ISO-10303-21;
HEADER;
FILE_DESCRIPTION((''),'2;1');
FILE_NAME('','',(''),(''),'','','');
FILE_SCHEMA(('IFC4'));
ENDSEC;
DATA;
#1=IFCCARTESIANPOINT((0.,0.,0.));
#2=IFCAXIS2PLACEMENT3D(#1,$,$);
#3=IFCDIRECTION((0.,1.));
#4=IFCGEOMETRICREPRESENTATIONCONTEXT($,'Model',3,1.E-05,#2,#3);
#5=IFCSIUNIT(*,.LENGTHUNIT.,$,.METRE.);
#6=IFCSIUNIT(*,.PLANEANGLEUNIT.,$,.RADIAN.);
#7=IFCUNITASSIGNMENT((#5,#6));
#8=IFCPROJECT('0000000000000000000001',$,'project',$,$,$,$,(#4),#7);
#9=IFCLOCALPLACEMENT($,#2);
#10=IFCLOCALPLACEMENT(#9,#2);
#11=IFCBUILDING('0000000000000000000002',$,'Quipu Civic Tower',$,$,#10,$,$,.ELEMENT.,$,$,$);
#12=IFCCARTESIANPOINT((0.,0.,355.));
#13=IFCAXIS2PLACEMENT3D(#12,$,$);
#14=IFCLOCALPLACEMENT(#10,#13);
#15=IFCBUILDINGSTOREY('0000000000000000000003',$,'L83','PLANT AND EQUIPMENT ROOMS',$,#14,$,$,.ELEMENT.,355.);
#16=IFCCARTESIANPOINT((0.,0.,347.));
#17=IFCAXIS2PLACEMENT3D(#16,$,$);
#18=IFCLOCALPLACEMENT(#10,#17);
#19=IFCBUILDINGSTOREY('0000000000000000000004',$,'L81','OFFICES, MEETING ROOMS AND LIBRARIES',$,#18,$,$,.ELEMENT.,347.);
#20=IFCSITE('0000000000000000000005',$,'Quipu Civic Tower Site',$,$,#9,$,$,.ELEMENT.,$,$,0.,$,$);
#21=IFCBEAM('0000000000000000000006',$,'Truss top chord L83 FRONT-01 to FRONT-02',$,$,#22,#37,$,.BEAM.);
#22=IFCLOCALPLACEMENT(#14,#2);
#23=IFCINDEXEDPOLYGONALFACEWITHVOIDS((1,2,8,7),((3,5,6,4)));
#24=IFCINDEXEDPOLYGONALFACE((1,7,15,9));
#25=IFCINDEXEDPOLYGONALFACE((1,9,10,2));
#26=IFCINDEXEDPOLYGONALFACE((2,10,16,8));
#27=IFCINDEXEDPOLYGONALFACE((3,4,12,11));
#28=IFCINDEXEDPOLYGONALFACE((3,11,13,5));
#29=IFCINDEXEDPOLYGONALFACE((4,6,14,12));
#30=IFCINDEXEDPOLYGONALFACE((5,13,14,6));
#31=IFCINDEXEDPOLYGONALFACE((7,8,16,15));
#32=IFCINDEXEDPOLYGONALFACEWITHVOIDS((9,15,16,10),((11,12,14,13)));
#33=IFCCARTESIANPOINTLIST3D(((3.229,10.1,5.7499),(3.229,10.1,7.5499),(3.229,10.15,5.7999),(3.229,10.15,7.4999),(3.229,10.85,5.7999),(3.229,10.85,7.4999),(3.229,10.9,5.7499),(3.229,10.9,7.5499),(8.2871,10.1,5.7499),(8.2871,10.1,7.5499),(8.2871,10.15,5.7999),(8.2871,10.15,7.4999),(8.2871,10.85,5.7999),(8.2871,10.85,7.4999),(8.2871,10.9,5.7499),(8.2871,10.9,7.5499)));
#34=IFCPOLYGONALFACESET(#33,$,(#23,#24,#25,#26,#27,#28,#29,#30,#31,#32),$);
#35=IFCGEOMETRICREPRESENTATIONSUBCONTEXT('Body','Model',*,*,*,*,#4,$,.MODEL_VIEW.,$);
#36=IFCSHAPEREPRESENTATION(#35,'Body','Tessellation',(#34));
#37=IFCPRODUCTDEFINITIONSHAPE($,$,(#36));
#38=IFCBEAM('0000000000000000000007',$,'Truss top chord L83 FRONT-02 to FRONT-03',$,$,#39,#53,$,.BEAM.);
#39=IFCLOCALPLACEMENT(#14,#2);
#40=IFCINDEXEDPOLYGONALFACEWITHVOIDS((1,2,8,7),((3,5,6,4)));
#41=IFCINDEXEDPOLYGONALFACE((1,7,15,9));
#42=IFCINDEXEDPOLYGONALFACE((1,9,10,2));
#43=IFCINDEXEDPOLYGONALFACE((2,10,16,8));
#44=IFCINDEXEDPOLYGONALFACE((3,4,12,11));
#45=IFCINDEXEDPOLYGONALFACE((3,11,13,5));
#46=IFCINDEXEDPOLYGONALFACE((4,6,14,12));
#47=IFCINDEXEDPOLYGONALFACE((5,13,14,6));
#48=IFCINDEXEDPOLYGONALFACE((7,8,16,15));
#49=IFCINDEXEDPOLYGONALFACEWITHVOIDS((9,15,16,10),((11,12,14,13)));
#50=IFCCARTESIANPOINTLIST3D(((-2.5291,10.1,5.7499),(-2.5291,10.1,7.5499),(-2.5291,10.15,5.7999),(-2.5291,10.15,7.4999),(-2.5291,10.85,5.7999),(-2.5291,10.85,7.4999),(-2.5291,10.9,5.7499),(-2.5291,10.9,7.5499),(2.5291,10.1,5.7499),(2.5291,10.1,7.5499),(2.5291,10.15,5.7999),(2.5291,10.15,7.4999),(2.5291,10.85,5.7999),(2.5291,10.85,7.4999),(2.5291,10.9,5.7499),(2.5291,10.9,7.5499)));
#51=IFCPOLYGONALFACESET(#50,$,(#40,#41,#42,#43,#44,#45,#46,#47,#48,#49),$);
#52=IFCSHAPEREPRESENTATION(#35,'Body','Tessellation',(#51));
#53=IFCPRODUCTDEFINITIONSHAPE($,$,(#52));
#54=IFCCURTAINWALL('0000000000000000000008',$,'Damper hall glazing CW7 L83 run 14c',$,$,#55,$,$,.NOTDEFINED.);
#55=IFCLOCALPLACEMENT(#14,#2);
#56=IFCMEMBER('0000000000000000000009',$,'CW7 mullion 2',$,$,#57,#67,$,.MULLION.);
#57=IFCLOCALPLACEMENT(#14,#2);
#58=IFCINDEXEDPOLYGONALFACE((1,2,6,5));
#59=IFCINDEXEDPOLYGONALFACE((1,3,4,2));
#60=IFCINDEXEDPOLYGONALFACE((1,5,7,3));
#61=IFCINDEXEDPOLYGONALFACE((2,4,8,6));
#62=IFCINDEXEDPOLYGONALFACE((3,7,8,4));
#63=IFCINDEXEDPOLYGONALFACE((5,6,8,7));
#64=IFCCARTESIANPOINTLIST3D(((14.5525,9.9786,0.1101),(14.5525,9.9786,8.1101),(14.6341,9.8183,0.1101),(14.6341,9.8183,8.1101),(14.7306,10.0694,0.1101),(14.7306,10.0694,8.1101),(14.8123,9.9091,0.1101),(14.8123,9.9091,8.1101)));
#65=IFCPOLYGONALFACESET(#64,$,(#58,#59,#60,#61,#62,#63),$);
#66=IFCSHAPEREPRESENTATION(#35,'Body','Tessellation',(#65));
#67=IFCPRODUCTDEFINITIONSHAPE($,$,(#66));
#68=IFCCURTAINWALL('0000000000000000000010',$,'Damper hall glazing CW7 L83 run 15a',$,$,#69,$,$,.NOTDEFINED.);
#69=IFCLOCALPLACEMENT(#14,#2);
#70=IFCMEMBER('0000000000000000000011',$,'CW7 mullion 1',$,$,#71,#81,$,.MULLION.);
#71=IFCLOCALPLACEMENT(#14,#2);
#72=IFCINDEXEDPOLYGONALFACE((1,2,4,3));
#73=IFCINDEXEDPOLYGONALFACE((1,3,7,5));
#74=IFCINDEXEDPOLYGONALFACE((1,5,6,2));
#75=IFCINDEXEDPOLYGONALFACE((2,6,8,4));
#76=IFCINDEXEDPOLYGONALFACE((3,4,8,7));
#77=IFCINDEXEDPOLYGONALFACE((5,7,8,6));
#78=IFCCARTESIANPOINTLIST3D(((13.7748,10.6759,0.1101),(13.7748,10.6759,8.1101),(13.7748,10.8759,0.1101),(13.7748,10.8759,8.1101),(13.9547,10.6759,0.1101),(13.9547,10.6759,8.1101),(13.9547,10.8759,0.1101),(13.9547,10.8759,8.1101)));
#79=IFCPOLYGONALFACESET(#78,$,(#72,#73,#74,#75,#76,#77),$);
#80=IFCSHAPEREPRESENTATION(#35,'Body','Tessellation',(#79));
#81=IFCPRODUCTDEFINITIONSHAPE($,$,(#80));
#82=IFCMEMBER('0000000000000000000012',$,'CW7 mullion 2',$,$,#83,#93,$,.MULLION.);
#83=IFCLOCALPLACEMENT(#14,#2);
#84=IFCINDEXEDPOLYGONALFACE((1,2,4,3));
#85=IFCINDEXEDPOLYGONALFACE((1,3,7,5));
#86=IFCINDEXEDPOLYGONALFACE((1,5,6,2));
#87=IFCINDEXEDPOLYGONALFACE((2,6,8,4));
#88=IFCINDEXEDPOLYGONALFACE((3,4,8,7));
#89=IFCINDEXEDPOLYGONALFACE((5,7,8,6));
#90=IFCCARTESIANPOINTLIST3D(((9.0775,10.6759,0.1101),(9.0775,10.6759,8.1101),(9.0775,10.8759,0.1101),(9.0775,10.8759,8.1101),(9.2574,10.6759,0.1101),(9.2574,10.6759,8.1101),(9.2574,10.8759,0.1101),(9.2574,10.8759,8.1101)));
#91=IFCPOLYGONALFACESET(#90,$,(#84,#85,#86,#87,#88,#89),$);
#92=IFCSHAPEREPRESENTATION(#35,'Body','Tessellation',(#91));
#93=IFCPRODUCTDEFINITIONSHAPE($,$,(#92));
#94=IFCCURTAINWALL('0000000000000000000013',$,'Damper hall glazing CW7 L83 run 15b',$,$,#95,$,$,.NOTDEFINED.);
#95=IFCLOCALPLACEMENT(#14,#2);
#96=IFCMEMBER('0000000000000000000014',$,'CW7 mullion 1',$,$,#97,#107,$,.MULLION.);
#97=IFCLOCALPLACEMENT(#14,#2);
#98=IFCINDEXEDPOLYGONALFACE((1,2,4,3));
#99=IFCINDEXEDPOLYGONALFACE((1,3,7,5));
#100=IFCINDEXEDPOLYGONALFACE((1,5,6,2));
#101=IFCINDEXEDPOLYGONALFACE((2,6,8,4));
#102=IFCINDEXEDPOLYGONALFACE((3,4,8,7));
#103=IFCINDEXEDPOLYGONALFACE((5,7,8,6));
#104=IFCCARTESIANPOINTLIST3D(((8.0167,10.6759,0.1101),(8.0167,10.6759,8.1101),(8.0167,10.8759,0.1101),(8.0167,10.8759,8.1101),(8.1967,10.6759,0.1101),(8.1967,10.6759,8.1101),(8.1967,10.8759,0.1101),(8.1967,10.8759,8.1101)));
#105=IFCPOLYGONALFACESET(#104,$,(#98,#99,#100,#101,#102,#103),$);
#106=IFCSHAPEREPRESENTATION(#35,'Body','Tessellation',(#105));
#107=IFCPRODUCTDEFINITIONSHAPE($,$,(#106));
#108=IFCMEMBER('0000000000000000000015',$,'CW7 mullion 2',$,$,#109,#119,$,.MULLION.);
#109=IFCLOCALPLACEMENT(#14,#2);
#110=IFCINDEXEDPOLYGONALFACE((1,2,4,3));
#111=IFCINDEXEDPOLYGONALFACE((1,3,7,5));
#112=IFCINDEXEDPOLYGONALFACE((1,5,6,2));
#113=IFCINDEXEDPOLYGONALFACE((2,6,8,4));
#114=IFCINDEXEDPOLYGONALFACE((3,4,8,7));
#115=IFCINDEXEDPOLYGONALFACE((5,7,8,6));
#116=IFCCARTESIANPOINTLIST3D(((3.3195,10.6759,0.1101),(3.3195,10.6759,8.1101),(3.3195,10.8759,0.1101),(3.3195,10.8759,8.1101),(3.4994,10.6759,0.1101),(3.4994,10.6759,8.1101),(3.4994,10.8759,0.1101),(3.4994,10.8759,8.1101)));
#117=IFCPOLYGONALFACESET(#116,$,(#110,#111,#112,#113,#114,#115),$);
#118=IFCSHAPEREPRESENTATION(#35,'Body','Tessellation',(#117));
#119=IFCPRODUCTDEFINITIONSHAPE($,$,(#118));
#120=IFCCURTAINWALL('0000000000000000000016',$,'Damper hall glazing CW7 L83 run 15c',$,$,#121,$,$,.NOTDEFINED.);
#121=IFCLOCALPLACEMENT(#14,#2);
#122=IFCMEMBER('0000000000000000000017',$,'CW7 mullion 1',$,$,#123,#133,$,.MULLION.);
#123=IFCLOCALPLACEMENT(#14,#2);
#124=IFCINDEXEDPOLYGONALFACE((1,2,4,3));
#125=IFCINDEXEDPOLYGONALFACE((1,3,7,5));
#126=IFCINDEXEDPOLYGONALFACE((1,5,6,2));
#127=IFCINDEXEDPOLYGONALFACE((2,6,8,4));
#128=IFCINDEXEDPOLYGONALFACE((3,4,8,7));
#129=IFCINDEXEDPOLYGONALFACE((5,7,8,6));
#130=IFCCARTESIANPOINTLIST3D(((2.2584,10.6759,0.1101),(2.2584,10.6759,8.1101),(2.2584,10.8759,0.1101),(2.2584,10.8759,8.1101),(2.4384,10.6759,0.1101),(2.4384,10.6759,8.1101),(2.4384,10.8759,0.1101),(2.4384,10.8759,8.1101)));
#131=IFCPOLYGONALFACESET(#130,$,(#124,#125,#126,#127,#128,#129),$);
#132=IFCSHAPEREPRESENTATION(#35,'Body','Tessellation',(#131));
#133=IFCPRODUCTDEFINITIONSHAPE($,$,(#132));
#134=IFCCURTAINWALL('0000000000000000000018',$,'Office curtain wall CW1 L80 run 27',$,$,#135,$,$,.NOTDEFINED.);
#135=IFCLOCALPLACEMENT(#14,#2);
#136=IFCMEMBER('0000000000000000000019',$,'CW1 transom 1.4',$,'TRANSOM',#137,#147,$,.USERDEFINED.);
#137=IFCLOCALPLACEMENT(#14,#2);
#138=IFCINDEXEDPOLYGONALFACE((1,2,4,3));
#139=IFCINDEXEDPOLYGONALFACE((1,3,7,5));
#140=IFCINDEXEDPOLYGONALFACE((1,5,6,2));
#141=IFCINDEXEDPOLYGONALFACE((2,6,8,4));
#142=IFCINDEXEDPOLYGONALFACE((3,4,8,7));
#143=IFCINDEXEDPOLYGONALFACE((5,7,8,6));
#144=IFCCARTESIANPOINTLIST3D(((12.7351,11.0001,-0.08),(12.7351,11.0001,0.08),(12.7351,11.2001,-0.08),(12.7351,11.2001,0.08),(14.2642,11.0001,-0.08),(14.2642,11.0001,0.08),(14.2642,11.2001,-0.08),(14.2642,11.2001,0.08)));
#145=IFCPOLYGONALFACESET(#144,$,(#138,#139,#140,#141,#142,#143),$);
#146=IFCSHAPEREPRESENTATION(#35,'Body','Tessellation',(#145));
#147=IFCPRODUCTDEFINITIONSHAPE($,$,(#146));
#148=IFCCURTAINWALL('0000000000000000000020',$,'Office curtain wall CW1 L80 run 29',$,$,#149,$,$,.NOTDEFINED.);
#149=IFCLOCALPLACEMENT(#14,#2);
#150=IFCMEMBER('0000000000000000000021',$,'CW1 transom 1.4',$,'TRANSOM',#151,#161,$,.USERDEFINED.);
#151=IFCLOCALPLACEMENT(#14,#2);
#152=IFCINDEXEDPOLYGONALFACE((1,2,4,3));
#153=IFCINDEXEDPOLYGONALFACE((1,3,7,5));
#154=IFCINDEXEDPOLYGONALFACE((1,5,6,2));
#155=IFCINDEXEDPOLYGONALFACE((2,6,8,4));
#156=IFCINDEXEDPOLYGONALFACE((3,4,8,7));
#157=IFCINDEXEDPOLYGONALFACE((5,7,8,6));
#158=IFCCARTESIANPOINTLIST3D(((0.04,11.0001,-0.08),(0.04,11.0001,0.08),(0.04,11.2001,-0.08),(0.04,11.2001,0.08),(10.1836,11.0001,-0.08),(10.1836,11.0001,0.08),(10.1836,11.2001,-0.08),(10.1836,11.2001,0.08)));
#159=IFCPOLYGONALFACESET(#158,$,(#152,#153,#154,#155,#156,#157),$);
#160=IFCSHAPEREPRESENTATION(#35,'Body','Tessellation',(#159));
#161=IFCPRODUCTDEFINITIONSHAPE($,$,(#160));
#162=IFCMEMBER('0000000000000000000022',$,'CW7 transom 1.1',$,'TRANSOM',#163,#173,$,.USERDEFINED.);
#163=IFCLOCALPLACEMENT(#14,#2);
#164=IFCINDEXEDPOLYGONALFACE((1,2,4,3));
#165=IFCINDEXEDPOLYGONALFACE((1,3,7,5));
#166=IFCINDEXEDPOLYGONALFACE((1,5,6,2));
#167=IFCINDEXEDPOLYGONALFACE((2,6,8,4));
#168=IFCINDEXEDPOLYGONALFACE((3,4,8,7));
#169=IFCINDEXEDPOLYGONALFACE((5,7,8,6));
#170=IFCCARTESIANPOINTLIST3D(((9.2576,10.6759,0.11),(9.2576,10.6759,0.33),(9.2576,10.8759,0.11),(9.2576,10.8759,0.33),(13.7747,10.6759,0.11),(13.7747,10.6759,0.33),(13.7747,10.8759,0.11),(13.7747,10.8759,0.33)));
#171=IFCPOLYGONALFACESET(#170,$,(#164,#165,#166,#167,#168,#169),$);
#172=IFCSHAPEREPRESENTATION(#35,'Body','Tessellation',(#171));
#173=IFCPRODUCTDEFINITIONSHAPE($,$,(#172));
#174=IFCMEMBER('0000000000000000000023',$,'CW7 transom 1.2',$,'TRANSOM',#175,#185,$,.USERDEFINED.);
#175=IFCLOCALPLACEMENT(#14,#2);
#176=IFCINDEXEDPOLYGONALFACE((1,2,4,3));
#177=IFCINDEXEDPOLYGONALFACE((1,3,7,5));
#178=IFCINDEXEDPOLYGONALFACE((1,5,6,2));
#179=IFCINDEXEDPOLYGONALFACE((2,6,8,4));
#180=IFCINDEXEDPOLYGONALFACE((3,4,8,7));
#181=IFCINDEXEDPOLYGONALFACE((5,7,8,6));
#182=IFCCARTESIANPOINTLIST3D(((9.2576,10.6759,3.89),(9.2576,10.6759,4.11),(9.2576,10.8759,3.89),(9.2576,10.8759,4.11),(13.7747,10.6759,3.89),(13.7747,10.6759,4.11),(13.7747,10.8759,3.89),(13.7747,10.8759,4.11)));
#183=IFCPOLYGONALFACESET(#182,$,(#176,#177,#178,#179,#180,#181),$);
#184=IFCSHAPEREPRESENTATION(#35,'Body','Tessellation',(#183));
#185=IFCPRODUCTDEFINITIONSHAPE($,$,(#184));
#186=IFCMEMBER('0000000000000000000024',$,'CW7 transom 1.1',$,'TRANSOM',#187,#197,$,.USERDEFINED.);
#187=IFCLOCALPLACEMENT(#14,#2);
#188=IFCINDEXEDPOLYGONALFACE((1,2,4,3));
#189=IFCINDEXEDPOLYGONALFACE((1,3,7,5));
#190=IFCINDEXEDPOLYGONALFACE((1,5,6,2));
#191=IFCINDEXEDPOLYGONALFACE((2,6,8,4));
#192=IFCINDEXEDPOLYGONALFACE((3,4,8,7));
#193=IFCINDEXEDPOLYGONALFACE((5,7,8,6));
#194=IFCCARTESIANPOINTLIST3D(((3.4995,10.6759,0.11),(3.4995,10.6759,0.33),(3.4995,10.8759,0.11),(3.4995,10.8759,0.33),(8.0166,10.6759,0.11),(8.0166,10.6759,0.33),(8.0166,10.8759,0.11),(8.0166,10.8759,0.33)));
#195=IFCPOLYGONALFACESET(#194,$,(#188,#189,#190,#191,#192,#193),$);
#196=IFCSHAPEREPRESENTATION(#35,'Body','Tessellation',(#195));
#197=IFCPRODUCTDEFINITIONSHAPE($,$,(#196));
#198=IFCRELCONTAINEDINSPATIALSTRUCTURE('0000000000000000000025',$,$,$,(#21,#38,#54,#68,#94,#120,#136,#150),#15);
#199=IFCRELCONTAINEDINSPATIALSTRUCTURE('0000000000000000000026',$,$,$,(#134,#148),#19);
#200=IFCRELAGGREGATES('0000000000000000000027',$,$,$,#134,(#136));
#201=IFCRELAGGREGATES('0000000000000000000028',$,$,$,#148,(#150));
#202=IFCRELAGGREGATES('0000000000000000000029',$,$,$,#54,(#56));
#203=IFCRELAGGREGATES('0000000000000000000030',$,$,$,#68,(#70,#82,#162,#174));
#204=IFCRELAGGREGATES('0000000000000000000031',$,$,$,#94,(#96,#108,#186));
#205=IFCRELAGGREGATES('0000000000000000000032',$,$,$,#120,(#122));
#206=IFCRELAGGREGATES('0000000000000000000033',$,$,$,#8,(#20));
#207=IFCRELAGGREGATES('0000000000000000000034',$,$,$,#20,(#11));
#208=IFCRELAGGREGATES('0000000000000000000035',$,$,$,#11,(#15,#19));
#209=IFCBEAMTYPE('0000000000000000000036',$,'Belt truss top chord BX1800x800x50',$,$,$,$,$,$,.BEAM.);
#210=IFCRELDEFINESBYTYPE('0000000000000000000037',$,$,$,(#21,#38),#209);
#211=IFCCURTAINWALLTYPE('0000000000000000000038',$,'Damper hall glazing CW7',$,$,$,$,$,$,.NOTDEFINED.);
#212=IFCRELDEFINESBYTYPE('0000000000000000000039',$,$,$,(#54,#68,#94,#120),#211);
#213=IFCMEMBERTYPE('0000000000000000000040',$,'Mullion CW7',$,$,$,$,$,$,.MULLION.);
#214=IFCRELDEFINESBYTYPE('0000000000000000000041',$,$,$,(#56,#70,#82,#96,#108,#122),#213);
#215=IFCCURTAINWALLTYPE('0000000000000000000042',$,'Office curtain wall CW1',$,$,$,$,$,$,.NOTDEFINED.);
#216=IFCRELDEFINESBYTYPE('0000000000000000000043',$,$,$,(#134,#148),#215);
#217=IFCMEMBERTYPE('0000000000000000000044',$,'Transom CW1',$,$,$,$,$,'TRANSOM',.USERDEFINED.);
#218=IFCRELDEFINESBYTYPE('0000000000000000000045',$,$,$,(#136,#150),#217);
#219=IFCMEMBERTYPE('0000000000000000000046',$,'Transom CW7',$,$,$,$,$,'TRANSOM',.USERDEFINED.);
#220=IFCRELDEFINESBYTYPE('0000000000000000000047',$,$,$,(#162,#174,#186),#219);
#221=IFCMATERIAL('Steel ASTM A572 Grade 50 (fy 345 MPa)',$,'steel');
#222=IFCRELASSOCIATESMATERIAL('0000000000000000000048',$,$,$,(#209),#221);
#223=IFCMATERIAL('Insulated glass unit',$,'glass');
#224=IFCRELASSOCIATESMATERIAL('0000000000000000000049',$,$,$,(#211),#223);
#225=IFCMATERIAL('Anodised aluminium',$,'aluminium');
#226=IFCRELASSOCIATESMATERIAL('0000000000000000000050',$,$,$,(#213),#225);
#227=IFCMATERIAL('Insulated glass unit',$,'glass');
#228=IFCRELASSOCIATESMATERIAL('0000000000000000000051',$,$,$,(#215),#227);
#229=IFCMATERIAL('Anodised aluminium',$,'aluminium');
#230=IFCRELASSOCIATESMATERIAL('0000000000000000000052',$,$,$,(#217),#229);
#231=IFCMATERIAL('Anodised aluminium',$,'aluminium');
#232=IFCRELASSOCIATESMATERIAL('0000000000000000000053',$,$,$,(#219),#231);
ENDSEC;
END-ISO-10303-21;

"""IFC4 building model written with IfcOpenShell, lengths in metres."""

from ifc_helpers import new_model, si_unit, direction, frame, origin, origin_2d, place, context, subcontext, project, spatial, rectangle, hollow_rectangle, extrude, material, material_profile, profile_set, type_object, element, aggregate, save


model = new_model("IFC4")

# Units and contexts
model_context = context("Model", 3, precision=1e-05, world=origin(), true_north=direction((0.0, 1.0)))
body_context = subcontext(model_context, "Body", "Model", "MODEL_VIEW")
ifc_project = project(units=[si_unit("LENGTHUNIT", "METRE"), si_unit("PLANEANGLEUNIT", "RADIAN")], contexts=[model_context])

# Site, building, storey
site_placement = place(None, origin())
site = spatial("IfcSite", under=ifc_project, at=site_placement, Name="Quipu Civic Tower Site", CompositionType="ELEMENT", RefElevation=0.0)
building_placement = place(site_placement, origin())
building = spatial("IfcBuilding", under=site, at=building_placement, Name="Quipu Civic Tower", CompositionType="ELEMENT")
storey_1_placement = place(building_placement, frame((0.0, 0.0, 355.0)))
storey_1 = spatial("IfcBuildingStorey", under=building, at=storey_1_placement, Name="L83", Description="PLANT AND EQUIPMENT ROOMS", CompositionType="ELEMENT", Elevation=355.0)

# Beams
ifc_material_1 = material(Name="Steel ASTM A572 Grade 50 (fy 345 MPa)", Category="steel")
ifc_material_profile_1 = material_profile(ifc_material_1, hollow_rectangle(XDim=0.8, YDim=1.8, WallThickness=0.05, at=origin_2d()), Name="BX1800x800x50")
ifc_profile_set_1 = profile_set([ifc_material_profile_1], Name="Steel ASTM A572 Grade 50 (fy 345 MPa)")
beam_type_1 = type_object("IfcBeamType", Name="Belt truss top chord BX1800x800x50", PredefinedType="BEAM", material=ifc_profile_set_1)
for number, where, z_axis, x_axis, name in (
    (1, (8.2871, 10.5, 6.6499), (-1.0, 0.0, 0.0), (0.0, -1.0, 0.0), "Truss top chord L83 FRONT-01 to FRONT-02"),
    (2, (2.5291, 10.5, 6.6499), (-1.0, 0.0, 0.0), (0.0, -1.0, 0.0), "Truss top chord L83 FRONT-02 to FRONT-03"),
):
    element("IfcBeam", number, at=place(storey_1_placement, frame(where, z_axis=z_axis, x_axis=x_axis)), inside=storey_1, type_object=beam_type_1, Name=name, PredefinedType="BEAM", context=body_context, shape_type="SweptSolid", body=[
        extrude(hollow_rectangle(XDim=0.8, YDim=1.8, WallThickness=0.05, at=origin_2d()), origin(), (0.0, 0.0, 1.0), 5.0581),
    ])

# Curtain wall, member
ifc_material_2 = material(Name="Insulated glass unit", Category="glass")
curtain_wall_type_1 = type_object("IfcCurtainWallType", Name="Damper hall glazing CW7", PredefinedType="NOTDEFINED", material=ifc_material_2)
curtain_wall_1_placement = place(storey_1_placement, origin())
curtain_wall_1 = element("IfcCurtainWall", 3, at=curtain_wall_1_placement, inside=storey_1, type_object=curtain_wall_type_1, Name="Damper hall glazing CW7 L83 run 14c", PredefinedType="NOTDEFINED")
ifc_material_3 = material(Name="Anodised aluminium", Category="aluminium")
ifc_material_profile_2 = material_profile(ifc_material_3, rectangle(XDim=0.2, YDim=0.1799, at=origin_2d()), Name="RECT 200x180")
ifc_profile_set_2 = profile_set([ifc_material_profile_2], Name="Anodised aluminium")
member_type_1 = type_object("IfcMemberType", Name="Mullion CW7", PredefinedType="MULLION", material=ifc_profile_set_2)
member_1_placement = place(storey_1_placement, frame((14.6824, 9.9438, 0.1101), z_axis=(0.0, 0.0, 1.0), x_axis=(-0.891018, -0.453967, 0.0)))
member_1 = element("IfcMember", 4, at=member_1_placement, type_object=member_type_1, Name="CW7 mullion 2", PredefinedType="MULLION", context=body_context, shape_type="SweptSolid", body=[
    extrude(rectangle(XDim=0.2, YDim=0.1799, at=origin_2d()), origin(), (0.0, 0.0, 1.0), 8.0),
])

# Curtain walls, members
curtain_wall_2_placement = place(storey_1_placement, origin())
curtain_wall_2 = element("IfcCurtainWall", 5, at=curtain_wall_2_placement, inside=storey_1, type_object=curtain_wall_type_1, Name="Damper hall glazing CW7 L83 run 15a", PredefinedType="NOTDEFINED")
member_2_placement = place(storey_1_placement, frame((13.8647, 10.7759, 0.1101), z_axis=(0.0, 0.0, 1.0), x_axis=(0.0, -1.0, 0.0)))
member_2 = element("IfcMember", 6, at=member_2_placement, type_object=member_type_1, Name="CW7 mullion 1", PredefinedType="MULLION", context=body_context, shape_type="SweptSolid", body=[
    extrude(rectangle(XDim=0.2, YDim=0.1799, at=origin_2d()), origin(), (0.0, 0.0, 1.0), 8.0),
])
member_3_placement = place(storey_1_placement, frame((9.1675, 10.7759, 0.1101), z_axis=(0.0, 0.0, 1.0), x_axis=(0.0, -1.0, 0.0)))
member_3 = element("IfcMember", 7, at=member_3_placement, type_object=member_type_1, Name="CW7 mullion 2", PredefinedType="MULLION", context=body_context, shape_type="SweptSolid", body=[
    extrude(rectangle(XDim=0.2, YDim=0.1799, at=origin_2d()), origin(), (0.0, 0.0, 1.0), 8.0),
])
curtain_wall_3_placement = place(storey_1_placement, origin())
curtain_wall_3 = element("IfcCurtainWall", 8, at=curtain_wall_3_placement, inside=storey_1, type_object=curtain_wall_type_1, Name="Damper hall glazing CW7 L83 run 15b", PredefinedType="NOTDEFINED")
member_4_placement = place(storey_1_placement, frame((8.1067, 10.7759, 0.1101), z_axis=(0.0, 0.0, 1.0), x_axis=(0.0, -1.0, 0.0)))
member_4 = element("IfcMember", 9, at=member_4_placement, type_object=member_type_1, Name="CW7 mullion 1", PredefinedType="MULLION", context=body_context, shape_type="SweptSolid", body=[
    extrude(rectangle(XDim=0.2, YDim=0.1799, at=origin_2d()), origin(), (0.0, 0.0, 1.0), 8.0),
])
member_5_placement = place(storey_1_placement, frame((3.4094, 10.7759, 0.1101), z_axis=(0.0, 0.0, 1.0), x_axis=(0.0, -1.0, 0.0)))
member_5 = element("IfcMember", 10, at=member_5_placement, type_object=member_type_1, Name="CW7 mullion 2", PredefinedType="MULLION", context=body_context, shape_type="SweptSolid", body=[
    extrude(rectangle(XDim=0.2, YDim=0.1799, at=origin_2d()), origin(), (0.0, 0.0, 1.0), 8.0),
])

# Curtain wall, member
curtain_wall_4_placement = place(storey_1_placement, origin())
curtain_wall_4 = element("IfcCurtainWall", 11, at=curtain_wall_4_placement, inside=storey_1, type_object=curtain_wall_type_1, Name="Damper hall glazing CW7 L83 run 15c", PredefinedType="NOTDEFINED")
member_6_placement = place(storey_1_placement, frame((2.3484, 10.7759, 0.1101), z_axis=(0.0, 0.0, 1.0), x_axis=(0.0, -1.0, 0.0)))
member_6 = element("IfcMember", 12, at=member_6_placement, type_object=member_type_1, Name="CW7 mullion 1", PredefinedType="MULLION", context=body_context, shape_type="SweptSolid", body=[
    extrude(rectangle(XDim=0.2, YDim=0.1799, at=origin_2d()), origin(), (0.0, 0.0, 1.0), 8.0),
])

# Shared definitions
storey_2_placement = place(building_placement, frame((0.0, 0.0, 347.0)))
storey_2 = spatial("IfcBuildingStorey", under=building, at=storey_2_placement, Name="L81", Description="OFFICES, MEETING ROOMS AND LIBRARIES", CompositionType="ELEMENT", Elevation=347.0)

# Curtain walls, members
ifc_material_4 = material(Name="Insulated glass unit", Category="glass")
curtain_wall_type_2 = type_object("IfcCurtainWallType", Name="Office curtain wall CW1", PredefinedType="NOTDEFINED", material=ifc_material_4)
curtain_wall_5_placement = place(storey_2_placement, origin())
curtain_wall_5 = element("IfcCurtainWall", 13, at=curtain_wall_5_placement, inside=storey_2, type_object=curtain_wall_type_2, Name="Office curtain wall CW1 L80 run 27", PredefinedType="NOTDEFINED")
ifc_material_5 = material(Name="Anodised aluminium", Category="aluminium")
ifc_material_profile_3 = material_profile(ifc_material_5, rectangle(XDim=0.2, YDim=0.1599, at=origin_2d()), Name="RECT 200x160")
ifc_profile_set_3 = profile_set([ifc_material_profile_3], Name="Anodised aluminium")
member_type_2 = type_object("IfcMemberType", Name="Transom CW1", ElementType="TRANSOM", PredefinedType="USERDEFINED", material=ifc_profile_set_3)
member_7_placement = place(storey_1_placement, frame((14.2642, 11.1001, 0.0), z_axis=(-1.0, 0.0, 0.0), x_axis=(0.0, -1.0, 0.0)))
member_7 = element("IfcMember", 14, at=member_7_placement, inside=storey_1, type_object=member_type_2, Name="CW1 transom 1.4", ObjectType="TRANSOM", PredefinedType="USERDEFINED", context=body_context, shape_type="SweptSolid", body=[
    extrude(rectangle(XDim=0.2, YDim=0.1599, at=origin_2d()), origin(), (0.0, 0.0, 1.0), 1.5291),
])
aggregate(curtain_wall_5, [member_7])
curtain_wall_6_placement = place(storey_2_placement, origin())
curtain_wall_6 = element("IfcCurtainWall", 15, at=curtain_wall_6_placement, inside=storey_2, type_object=curtain_wall_type_2, Name="Office curtain wall CW1 L80 run 29", PredefinedType="NOTDEFINED")
member_8_placement = place(storey_1_placement, frame((10.1836, 11.1001, 0.0), z_axis=(-1.0, 0.0, 0.0), x_axis=(0.0, -1.0, 0.0)))
member_8 = element("IfcMember", 16, at=member_8_placement, inside=storey_1, type_object=member_type_2, Name="CW1 transom 1.4", ObjectType="TRANSOM", PredefinedType="USERDEFINED", context=body_context, shape_type="SweptSolid", body=[
    extrude(rectangle(XDim=0.2, YDim=0.1599, at=origin_2d()), origin(), (0.0, 0.0, 1.0), 10.1436),
])
aggregate(curtain_wall_6, [member_8])

# Members
ifc_material_6 = material(Name="Anodised aluminium", Category="aluminium")
ifc_material_profile_4 = material_profile(ifc_material_6, rectangle(XDim=0.2, YDim=0.22, at=origin_2d()), Name="RECT 200x220")
ifc_profile_set_4 = profile_set([ifc_material_profile_4], Name="Anodised aluminium")
member_type_3 = type_object("IfcMemberType", Name="Transom CW7", ElementType="TRANSOM", PredefinedType="USERDEFINED", material=ifc_profile_set_4)
member_9_placement = place(storey_1_placement, frame((13.7747, 10.7759, 0.22), z_axis=(-1.0, 0.0, 0.0), x_axis=(0.0, -1.0, 0.0)))
member_9 = element("IfcMember", 17, at=member_9_placement, type_object=member_type_3, Name="CW7 transom 1.1", ObjectType="TRANSOM", PredefinedType="USERDEFINED", context=body_context, shape_type="SweptSolid", body=[
    extrude(rectangle(XDim=0.2, YDim=0.22, at=origin_2d()), origin(), (0.0, 0.0, 1.0), 4.5171),
])
member_10_placement = place(storey_1_placement, frame((13.7747, 10.7759, 4.0), z_axis=(-1.0, 0.0, 0.0), x_axis=(0.0, -1.0, 0.0)))
member_10 = element("IfcMember", 18, at=member_10_placement, type_object=member_type_3, Name="CW7 transom 1.2", ObjectType="TRANSOM", PredefinedType="USERDEFINED", context=body_context, shape_type="SweptSolid", body=[
    extrude(rectangle(XDim=0.2, YDim=0.22, at=origin_2d()), origin(), (0.0, 0.0, 1.0), 4.5171),
])
member_11_placement = place(storey_1_placement, frame((8.0166, 10.7759, 0.22), z_axis=(-1.0, 0.0, 0.0), x_axis=(0.0, -1.0, 0.0)))
member_11 = element("IfcMember", 19, at=member_11_placement, type_object=member_type_3, Name="CW7 transom 1.1", ObjectType="TRANSOM", PredefinedType="USERDEFINED", context=body_context, shape_type="SweptSolid", body=[
    extrude(rectangle(XDim=0.2, YDim=0.22, at=origin_2d()), origin(), (0.0, 0.0, 1.0), 4.5171),
])

aggregate(curtain_wall_1, [member_1])
aggregate(curtain_wall_2, [member_2, member_3, member_9, member_10])
aggregate(curtain_wall_3, [member_4, member_5, member_11])
aggregate(curtain_wall_4, [member_6])

save(model, "model.ifc")
